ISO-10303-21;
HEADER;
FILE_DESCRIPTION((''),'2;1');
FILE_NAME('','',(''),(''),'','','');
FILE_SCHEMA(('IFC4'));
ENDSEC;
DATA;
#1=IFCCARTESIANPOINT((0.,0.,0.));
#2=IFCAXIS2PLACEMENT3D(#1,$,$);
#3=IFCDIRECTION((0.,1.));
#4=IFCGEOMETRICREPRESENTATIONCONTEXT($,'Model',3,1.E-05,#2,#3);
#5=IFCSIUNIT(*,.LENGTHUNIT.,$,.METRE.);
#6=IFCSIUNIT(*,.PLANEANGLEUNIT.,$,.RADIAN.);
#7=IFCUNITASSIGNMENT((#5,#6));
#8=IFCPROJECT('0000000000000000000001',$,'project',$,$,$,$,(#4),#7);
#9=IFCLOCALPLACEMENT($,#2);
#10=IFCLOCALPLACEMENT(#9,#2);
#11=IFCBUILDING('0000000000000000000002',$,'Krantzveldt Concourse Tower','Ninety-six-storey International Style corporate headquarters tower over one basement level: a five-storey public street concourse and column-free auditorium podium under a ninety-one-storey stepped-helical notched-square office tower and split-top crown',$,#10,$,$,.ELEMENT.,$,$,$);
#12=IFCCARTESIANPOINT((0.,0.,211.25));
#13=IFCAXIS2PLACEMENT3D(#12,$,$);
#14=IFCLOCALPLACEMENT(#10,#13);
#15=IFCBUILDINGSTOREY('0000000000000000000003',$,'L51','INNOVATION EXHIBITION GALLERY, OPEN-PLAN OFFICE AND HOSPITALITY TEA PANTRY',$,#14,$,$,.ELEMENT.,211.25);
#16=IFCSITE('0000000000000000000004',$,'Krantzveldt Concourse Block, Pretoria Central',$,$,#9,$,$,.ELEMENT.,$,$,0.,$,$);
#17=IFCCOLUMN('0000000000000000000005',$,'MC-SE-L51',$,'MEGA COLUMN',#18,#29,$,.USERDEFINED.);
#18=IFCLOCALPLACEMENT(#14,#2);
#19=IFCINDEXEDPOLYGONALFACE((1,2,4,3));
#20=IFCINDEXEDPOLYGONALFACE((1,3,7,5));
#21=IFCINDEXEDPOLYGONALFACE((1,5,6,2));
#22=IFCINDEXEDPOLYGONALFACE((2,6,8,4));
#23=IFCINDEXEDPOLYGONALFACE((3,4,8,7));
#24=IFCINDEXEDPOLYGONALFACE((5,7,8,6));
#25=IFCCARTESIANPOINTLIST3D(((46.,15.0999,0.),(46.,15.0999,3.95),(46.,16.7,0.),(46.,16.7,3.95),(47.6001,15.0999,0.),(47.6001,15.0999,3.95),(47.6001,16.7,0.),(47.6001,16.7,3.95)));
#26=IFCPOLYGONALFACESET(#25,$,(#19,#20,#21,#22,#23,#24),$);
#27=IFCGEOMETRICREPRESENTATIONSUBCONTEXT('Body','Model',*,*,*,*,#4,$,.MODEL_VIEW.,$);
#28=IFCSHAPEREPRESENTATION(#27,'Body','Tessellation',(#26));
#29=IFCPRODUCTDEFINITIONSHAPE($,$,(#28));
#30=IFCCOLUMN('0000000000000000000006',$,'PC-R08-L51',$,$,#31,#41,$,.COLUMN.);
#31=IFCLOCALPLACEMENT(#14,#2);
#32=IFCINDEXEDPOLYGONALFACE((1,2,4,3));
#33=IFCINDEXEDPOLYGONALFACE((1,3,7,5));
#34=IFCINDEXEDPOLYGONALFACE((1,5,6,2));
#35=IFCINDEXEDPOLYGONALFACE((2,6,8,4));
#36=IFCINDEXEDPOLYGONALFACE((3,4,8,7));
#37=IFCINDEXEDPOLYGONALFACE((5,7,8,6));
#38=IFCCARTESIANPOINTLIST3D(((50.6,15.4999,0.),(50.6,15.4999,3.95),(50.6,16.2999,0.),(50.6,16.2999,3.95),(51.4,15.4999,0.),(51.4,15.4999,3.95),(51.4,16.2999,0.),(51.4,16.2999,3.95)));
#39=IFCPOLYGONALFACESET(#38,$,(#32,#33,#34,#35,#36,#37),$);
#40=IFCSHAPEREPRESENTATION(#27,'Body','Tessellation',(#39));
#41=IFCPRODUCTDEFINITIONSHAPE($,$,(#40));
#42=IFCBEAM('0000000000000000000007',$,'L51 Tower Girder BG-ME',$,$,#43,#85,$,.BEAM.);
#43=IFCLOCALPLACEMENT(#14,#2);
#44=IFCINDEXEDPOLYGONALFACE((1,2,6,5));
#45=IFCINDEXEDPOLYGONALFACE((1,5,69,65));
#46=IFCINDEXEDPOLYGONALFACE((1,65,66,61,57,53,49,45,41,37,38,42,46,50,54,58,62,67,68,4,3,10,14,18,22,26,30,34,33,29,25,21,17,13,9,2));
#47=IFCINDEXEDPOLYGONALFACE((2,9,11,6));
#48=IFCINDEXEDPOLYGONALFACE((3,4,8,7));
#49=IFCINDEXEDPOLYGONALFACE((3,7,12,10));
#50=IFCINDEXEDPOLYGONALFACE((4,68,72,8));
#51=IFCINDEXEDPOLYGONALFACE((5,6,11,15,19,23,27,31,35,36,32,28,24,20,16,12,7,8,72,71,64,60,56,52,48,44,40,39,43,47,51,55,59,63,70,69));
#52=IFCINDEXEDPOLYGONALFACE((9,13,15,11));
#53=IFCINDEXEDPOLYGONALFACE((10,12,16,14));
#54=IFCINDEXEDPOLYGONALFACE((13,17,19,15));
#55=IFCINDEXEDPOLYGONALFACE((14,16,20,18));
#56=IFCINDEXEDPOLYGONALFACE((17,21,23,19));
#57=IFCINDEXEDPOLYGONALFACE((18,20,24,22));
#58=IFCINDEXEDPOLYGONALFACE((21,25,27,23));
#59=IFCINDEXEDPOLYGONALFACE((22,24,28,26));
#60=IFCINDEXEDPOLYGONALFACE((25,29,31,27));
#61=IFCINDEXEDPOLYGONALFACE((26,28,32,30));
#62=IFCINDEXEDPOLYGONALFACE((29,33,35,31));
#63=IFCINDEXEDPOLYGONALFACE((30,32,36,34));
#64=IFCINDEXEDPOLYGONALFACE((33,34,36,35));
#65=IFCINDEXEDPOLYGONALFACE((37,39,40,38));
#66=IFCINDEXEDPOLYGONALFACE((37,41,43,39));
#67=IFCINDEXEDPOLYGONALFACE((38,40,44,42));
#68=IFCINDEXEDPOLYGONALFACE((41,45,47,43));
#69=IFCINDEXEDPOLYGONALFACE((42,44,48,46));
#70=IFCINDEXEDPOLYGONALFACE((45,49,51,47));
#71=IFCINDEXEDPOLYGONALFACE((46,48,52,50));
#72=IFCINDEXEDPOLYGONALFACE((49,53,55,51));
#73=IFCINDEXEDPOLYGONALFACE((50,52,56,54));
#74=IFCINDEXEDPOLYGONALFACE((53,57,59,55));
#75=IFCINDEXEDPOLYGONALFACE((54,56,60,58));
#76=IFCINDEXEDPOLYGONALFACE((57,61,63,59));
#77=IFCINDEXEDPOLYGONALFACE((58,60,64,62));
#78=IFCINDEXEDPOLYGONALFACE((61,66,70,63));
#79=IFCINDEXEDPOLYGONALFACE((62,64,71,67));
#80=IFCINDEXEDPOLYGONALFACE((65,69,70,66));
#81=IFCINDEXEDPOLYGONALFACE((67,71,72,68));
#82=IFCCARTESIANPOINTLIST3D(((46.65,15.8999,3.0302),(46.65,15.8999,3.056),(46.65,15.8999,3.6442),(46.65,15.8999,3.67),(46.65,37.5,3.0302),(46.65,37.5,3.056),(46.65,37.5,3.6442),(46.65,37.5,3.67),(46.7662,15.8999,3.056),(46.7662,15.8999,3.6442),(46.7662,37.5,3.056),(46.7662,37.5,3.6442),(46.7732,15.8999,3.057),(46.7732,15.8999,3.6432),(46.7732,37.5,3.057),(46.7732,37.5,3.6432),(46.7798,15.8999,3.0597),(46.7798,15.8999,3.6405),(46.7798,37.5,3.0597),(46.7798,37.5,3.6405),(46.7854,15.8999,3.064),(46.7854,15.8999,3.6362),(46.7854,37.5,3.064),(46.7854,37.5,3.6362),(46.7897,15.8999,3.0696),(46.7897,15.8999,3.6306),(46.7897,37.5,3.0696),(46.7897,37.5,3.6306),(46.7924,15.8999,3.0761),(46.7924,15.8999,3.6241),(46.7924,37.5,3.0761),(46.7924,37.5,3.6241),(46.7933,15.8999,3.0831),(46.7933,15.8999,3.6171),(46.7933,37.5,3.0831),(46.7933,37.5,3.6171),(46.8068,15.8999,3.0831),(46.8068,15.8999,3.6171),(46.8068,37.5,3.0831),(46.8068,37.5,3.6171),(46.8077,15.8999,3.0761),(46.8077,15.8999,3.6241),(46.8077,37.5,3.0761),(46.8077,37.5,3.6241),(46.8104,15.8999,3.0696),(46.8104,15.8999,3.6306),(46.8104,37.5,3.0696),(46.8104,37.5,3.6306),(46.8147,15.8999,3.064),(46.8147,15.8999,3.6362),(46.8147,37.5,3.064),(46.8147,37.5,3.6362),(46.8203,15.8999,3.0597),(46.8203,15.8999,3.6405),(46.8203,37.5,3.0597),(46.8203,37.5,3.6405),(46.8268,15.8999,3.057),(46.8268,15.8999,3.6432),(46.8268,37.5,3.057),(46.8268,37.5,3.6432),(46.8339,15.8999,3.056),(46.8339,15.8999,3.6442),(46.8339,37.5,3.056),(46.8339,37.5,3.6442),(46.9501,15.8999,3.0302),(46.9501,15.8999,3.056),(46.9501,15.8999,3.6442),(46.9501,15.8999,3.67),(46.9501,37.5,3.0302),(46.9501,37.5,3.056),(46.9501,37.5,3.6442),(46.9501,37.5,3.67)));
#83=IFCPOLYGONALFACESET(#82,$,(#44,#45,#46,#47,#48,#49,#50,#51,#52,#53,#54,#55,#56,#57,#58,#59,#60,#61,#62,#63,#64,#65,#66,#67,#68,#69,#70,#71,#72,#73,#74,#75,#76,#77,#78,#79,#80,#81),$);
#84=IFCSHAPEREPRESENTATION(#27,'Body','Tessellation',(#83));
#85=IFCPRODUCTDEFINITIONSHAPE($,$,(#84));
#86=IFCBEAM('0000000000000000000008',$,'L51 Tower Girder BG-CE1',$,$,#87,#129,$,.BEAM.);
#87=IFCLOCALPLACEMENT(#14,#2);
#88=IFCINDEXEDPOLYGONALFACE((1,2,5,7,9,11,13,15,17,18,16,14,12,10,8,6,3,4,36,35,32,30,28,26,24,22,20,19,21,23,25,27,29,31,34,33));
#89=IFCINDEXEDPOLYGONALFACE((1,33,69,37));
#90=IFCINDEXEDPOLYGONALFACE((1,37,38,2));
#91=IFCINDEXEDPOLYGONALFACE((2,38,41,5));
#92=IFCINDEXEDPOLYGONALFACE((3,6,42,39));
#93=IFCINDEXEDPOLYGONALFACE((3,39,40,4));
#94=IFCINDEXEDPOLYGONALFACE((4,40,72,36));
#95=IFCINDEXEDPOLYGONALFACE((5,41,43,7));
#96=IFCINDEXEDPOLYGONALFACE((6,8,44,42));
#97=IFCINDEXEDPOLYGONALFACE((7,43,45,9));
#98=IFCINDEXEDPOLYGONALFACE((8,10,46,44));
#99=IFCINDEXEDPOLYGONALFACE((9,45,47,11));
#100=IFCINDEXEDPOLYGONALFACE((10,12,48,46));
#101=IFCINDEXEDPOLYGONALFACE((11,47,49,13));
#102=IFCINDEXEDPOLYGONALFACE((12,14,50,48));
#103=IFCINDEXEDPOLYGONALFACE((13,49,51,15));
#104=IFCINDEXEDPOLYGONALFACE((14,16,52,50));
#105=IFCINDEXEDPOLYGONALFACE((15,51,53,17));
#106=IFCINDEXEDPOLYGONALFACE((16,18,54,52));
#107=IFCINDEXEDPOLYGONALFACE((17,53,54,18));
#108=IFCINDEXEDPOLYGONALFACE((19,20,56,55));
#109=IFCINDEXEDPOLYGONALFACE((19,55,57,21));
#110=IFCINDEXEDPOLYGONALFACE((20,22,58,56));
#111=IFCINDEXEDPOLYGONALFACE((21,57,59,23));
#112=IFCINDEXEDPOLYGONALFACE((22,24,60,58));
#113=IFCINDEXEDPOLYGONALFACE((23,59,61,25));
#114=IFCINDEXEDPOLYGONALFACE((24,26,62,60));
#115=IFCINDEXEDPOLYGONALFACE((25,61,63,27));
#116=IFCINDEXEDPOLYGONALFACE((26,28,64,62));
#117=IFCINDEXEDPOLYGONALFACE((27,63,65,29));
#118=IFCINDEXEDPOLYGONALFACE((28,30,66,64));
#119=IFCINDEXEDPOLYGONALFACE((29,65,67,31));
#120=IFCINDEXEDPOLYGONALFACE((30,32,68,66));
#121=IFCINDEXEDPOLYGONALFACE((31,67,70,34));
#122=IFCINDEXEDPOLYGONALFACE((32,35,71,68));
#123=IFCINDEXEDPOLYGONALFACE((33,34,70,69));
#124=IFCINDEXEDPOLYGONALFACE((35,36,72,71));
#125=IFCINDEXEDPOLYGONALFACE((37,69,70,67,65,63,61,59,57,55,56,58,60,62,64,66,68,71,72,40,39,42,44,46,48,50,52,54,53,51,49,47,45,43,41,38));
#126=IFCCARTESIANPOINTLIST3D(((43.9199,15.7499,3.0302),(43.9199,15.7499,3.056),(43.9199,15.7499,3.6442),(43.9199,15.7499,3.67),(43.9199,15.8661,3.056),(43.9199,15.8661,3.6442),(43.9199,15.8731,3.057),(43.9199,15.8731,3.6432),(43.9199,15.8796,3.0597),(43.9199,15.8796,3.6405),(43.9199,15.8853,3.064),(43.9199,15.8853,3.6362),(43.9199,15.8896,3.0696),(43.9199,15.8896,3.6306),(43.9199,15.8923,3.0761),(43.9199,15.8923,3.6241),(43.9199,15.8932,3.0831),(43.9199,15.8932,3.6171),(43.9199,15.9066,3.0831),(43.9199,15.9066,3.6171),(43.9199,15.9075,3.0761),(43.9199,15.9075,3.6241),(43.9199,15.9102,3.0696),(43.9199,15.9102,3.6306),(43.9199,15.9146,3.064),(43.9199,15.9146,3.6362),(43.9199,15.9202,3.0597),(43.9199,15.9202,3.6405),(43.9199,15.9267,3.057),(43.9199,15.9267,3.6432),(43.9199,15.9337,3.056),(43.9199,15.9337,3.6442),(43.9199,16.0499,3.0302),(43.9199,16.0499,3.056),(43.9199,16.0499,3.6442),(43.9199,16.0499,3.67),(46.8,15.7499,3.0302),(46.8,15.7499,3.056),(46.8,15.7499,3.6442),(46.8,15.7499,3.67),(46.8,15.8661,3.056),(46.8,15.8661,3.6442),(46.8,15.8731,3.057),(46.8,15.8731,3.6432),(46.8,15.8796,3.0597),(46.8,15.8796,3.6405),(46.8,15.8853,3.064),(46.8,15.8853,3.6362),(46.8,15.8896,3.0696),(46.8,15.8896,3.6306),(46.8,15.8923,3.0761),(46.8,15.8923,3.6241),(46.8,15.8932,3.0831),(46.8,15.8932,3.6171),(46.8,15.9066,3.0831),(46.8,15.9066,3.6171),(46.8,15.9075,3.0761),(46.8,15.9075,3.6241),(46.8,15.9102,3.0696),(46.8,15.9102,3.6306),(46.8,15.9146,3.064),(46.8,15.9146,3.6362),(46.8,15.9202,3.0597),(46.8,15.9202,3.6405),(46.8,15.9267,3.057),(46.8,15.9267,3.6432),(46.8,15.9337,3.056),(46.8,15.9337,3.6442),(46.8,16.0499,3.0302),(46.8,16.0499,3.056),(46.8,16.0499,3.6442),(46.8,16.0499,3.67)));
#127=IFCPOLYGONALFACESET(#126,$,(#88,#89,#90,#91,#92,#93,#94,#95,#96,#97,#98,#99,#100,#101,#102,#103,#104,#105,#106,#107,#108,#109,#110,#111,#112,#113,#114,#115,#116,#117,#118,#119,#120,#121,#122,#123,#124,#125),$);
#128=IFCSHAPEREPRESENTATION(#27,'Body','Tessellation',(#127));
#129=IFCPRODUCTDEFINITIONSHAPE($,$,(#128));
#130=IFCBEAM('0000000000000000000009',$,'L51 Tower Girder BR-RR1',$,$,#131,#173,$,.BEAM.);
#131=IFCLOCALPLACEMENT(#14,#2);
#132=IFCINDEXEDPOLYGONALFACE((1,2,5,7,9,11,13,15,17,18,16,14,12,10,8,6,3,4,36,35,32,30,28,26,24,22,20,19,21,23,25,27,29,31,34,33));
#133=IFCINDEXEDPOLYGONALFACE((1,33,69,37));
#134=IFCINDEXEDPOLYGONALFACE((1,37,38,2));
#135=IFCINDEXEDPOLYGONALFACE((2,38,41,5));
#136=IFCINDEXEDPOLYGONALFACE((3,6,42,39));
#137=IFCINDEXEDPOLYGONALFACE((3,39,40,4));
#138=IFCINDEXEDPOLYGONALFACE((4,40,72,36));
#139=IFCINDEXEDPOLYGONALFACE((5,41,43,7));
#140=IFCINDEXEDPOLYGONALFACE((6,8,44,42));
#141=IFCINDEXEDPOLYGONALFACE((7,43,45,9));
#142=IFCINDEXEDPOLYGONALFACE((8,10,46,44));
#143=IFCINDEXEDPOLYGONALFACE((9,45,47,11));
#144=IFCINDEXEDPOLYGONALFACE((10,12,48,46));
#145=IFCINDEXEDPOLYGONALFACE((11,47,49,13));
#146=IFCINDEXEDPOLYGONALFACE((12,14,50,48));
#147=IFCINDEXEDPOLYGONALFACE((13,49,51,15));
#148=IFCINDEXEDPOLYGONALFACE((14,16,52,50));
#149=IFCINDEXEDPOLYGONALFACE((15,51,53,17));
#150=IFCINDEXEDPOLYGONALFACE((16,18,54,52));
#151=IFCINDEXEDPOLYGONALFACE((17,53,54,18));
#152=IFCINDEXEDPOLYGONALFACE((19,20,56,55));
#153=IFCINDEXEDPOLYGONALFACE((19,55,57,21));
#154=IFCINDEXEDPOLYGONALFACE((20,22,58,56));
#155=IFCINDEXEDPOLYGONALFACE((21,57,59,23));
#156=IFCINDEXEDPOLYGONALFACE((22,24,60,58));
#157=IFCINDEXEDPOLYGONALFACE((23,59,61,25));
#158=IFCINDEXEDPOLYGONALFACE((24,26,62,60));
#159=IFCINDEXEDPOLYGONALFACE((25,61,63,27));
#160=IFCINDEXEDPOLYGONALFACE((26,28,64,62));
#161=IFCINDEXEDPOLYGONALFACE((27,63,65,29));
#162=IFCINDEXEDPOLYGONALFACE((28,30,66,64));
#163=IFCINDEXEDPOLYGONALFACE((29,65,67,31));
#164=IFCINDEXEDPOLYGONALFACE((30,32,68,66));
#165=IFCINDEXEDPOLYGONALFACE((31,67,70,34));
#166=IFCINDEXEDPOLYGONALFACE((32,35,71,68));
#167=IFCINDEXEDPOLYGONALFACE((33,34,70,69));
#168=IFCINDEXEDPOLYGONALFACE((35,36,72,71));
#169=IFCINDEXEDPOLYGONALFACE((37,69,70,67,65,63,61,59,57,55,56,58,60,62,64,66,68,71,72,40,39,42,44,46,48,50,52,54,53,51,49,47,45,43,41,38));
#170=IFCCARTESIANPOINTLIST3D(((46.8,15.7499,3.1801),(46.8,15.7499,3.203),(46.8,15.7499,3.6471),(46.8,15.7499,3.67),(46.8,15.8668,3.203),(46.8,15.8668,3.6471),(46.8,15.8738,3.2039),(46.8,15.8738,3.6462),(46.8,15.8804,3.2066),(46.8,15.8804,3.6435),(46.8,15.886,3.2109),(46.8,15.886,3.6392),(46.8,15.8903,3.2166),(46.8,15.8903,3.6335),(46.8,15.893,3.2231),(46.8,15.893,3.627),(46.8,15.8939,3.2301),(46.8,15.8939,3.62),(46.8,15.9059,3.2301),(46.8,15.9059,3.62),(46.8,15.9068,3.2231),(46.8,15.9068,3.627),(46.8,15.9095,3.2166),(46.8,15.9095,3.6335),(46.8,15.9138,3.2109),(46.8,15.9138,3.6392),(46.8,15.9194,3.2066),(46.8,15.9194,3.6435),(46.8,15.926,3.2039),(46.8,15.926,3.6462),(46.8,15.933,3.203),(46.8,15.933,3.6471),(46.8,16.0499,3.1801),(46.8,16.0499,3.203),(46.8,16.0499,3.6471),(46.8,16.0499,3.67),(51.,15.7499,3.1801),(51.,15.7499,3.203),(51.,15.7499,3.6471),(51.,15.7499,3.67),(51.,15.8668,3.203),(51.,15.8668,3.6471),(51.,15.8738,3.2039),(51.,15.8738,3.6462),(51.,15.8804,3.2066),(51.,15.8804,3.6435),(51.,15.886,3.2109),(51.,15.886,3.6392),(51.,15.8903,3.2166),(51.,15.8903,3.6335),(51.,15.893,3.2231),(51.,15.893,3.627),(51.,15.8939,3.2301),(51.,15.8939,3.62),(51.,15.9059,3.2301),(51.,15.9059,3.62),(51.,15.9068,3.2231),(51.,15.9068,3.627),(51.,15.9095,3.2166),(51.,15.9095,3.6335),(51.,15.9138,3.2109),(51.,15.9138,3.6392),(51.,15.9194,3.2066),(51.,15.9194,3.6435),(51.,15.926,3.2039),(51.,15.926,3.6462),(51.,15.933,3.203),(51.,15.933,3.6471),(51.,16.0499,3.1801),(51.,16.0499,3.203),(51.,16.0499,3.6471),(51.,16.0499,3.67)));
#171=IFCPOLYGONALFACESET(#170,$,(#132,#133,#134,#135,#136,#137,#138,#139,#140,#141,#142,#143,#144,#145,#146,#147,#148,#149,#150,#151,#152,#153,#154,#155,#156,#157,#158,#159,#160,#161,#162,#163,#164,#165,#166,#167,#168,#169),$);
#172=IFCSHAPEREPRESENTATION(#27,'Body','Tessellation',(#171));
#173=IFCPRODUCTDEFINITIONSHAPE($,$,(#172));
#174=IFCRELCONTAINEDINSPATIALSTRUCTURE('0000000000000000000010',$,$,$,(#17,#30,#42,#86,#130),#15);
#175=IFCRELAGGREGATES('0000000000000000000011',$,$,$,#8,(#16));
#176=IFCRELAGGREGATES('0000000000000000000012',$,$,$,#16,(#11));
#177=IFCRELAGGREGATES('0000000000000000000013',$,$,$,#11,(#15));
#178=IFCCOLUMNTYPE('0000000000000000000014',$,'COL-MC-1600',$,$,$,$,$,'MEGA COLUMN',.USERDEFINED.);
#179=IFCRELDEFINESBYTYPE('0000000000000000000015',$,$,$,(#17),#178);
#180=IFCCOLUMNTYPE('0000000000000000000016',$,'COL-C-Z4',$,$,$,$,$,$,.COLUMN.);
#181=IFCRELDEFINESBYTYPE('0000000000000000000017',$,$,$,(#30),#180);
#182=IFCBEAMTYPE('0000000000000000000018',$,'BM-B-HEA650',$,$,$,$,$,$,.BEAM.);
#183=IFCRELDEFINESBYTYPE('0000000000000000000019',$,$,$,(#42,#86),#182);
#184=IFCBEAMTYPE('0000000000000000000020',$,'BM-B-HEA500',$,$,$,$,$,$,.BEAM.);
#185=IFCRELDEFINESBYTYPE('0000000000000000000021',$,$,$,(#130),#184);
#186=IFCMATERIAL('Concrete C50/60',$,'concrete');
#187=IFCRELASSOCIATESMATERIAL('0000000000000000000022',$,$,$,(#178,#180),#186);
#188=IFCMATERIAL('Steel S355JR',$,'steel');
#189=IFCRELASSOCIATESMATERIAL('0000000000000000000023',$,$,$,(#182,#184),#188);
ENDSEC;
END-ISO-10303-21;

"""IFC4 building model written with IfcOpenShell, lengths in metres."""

from ifc_helpers import new_model, si_unit, direction, frame, origin, origin_2d, place, context, subcontext, project, spatial, rectangle, i_section, extrude, source, transform, mapped, material, material_profile, profile_set, type_object, type_shapes, element, save


model = new_model("IFC4")

# Units and contexts
model_context = context("Model", 3, precision=1e-05, world=origin(), true_north=direction((0.0, 1.0)))
body_context = subcontext(model_context, "Body", "Model", "MODEL_VIEW")
ifc_project = project(units=[si_unit("LENGTHUNIT", "METRE"), si_unit("PLANEANGLEUNIT", "RADIAN")], contexts=[model_context])

# Site, building, storey
site_placement = place(None, origin())
site = spatial("IfcSite", under=ifc_project, at=site_placement, Name="Krantzveldt Concourse Block, Pretoria Central", CompositionType="ELEMENT", RefElevation=0.0)
building_placement = place(site_placement, origin())
building = spatial("IfcBuilding", under=site, at=building_placement, Name="Krantzveldt Concourse Tower", Description="Ninety-six-storey International Style corporate headquarters tower over one basement level: a five-storey public street concourse and column-free auditorium podium under a ninety-one-storey stepped-helical notched-square office tower and split-top crown", CompositionType="ELEMENT")
storey_placement = place(building_placement, frame((0.0, 0.0, 211.25)))
storey = spatial("IfcBuildingStorey", under=building, at=storey_placement, Name="L51", Description="INNOVATION EXHIBITION GALLERY, OPEN-PLAN OFFICE AND HOSPITALITY TEA PANTRY", CompositionType="ELEMENT", Elevation=211.25)

# Columns
ifc_material_1 = material(Name="Concrete C50/60", Category="concrete")
ifc_material_profile_1 = material_profile(ifc_material_1, rectangle(XDim=1.6001, YDim=1.6001, at=origin_2d()), Name="Concrete C50/60", Category="concrete")
ifc_profile_set_1 = profile_set([ifc_material_profile_1], Name="Concrete C50/60 - RC 1600x1600")
column_type_1 = type_object("IfcColumnType", Name="COL-MC-1600", ElementType="MEGA COLUMN", PredefinedType="USERDEFINED", material=ifc_profile_set_1)
shared_shape_1 = source(origin(), body_context, "Body", "SweptSolid", [
    extrude(rectangle(XDim=1.6001, YDim=1.6001, at=origin_2d()), origin(), (0.0, 0.0, 1.0), 3.95),
])
type_shapes(column_type_1, [shared_shape_1])
column_1_placement = place(storey_placement, frame((46.8, 15.8999, 0.0), z_axis=(0.0, 0.0, 1.0), x_axis=(1.0, 0.0, 0.0)))
element("IfcColumn", 1, at=column_1_placement, inside=storey, type_object=column_type_1, Name="MC-SE-L51", ObjectType="MEGA COLUMN", PredefinedType="USERDEFINED", context=body_context, shape_type="MappedRepresentation", body=[
    mapped(shared_shape_1, transform((0.0, 0.0, 0.0), x_axis=(1.0, 0.0, 0.0), y_axis=(0.0, 1.0, 0.0), z_axis=(0.0, 0.0, 1.0), scale=1.0)),
])
ifc_material_profile_2 = material_profile(ifc_material_1, rectangle(XDim=0.8, YDim=0.8, at=origin_2d()), Name="Concrete C50/60", Category="concrete")
ifc_profile_set_2 = profile_set([ifc_material_profile_2], Name="Concrete C50/60 - RC 800x800")
column_type_2 = type_object("IfcColumnType", Name="COL-C-Z4", PredefinedType="COLUMN", material=ifc_profile_set_2)
shared_shape_2 = source(origin(), body_context, "Body", "SweptSolid", [
    extrude(rectangle(XDim=0.8, YDim=0.8, at=origin_2d()), origin(), (0.0, 0.0, 1.0), 3.95),
])
type_shapes(column_type_2, [shared_shape_2])
column_2_placement = place(storey_placement, frame((51.0, 15.8999, 0.0), z_axis=(0.0, 0.0, 1.0), x_axis=(1.0, 0.0, 0.0)))
element("IfcColumn", 2, at=column_2_placement, inside=storey, type_object=column_type_2, Name="PC-R08-L51", PredefinedType="COLUMN", context=body_context, shape_type="MappedRepresentation", body=[
    mapped(shared_shape_2, transform((0.0, 0.0, 0.0), x_axis=(1.0, 0.0, 0.0), y_axis=(0.0, 1.0, 0.0), z_axis=(0.0, 0.0, 1.0), scale=1.0)),
])

# Beams
ifc_material_2 = material(Name="Steel S355JR", Category="steel")
ifc_material_profile_3 = material_profile(ifc_material_2, i_section(OverallWidth=0.3, OverallDepth=0.6399, WebThickness=0.0134, FlangeThickness=0.0259, FilletRadius=0.0271, at=origin_2d()), Name="Steel S355JR", Category="steel")
ifc_profile_set_3 = profile_set([ifc_material_profile_3], Name="Steel S355JR - HEA 650")
beam_type_1 = type_object("IfcBeamType", Name="BM-B-HEA650", PredefinedType="BEAM", material=ifc_profile_set_3)
shared_shape_3 = source(origin(), body_context, "Body", "SweptSolid", [
    extrude(i_section(OverallWidth=0.3, OverallDepth=0.6399, WebThickness=0.0134, FlangeThickness=0.0259, FilletRadius=0.0271, at=origin_2d()), origin(), (0.0, 0.0, 1.0), 21.6001),
])
beam_1_placement = place(storey_placement, frame((46.8, 15.8999, 3.3501), z_axis=(0.0, 1.0, 0.0), x_axis=(-1.0, 0.0, 0.0)))
element("IfcBeam", 3, at=beam_1_placement, inside=storey, type_object=beam_type_1, Name="L51 Tower Girder BG-ME", PredefinedType="BEAM", context=body_context, shape_type="MappedRepresentation", body=[
    mapped(shared_shape_3, transform((0.0, 0.0, 0.0), x_axis=(1.0, 0.0, 0.0), y_axis=(0.0, 1.0, 0.0), z_axis=(0.0, 0.0, 1.0), scale=1.0)),
])
shared_shape_4 = source(origin(), body_context, "Body", "SweptSolid", [
    extrude(i_section(OverallWidth=0.3, OverallDepth=0.6399, WebThickness=0.0134, FlangeThickness=0.0259, FilletRadius=0.0271, at=origin_2d()), origin(), (0.0, 0.0, 1.0), 2.8801),
])
type_shapes(beam_type_1, [shared_shape_3, shared_shape_4])
beam_2_placement = place(storey_placement, frame((43.9199, 15.8999, 3.3501), z_axis=(1.0, 0.0, 0.0), x_axis=(0.0, 1.0, 0.0)))
element("IfcBeam", 4, at=beam_2_placement, inside=storey, type_object=beam_type_1, Name="L51 Tower Girder BG-CE1", PredefinedType="BEAM", context=body_context, shape_type="MappedRepresentation", body=[
    mapped(shared_shape_4, transform((0.0, 0.0, 0.0), x_axis=(1.0, 0.0, 0.0), y_axis=(0.0, 1.0, 0.0), z_axis=(0.0, 0.0, 1.0), scale=1.0)),
])
ifc_material_profile_4 = material_profile(ifc_material_2, i_section(OverallWidth=0.3, OverallDepth=0.49, WebThickness=0.012, FlangeThickness=0.0229, FilletRadius=0.0271, at=origin_2d()), Name="Steel S355JR", Category="steel")
ifc_profile_set_4 = profile_set([ifc_material_profile_4], Name="Steel S355JR - HEA 500")
beam_type_2 = type_object("IfcBeamType", Name="BM-B-HEA500", PredefinedType="BEAM", material=ifc_profile_set_4)
shared_shape_5 = source(origin(), body_context, "Body", "SweptSolid", [
    extrude(i_section(OverallWidth=0.3, OverallDepth=0.49, WebThickness=0.012, FlangeThickness=0.0229, FilletRadius=0.0271, at=origin_2d()), origin(), (0.0, 0.0, 1.0), 4.2),
])
beam_3_placement = place(storey_placement, frame((46.8, 15.8999, 3.425), z_axis=(1.0, 0.0, 0.0), x_axis=(0.0, 1.0, 0.0)))
element("IfcBeam", 5, at=beam_3_placement, inside=storey, type_object=beam_type_2, Name="L51 Tower Girder BR-RR1", PredefinedType="BEAM", context=body_context, shape_type="MappedRepresentation", body=[
    mapped(shared_shape_5, transform((0.0, 0.0, 0.0), x_axis=(1.0, 0.0, 0.0), y_axis=(0.0, 1.0, 0.0), z_axis=(0.0, 0.0, 1.0), scale=1.0)),
])

save(model, "model.ifc")
